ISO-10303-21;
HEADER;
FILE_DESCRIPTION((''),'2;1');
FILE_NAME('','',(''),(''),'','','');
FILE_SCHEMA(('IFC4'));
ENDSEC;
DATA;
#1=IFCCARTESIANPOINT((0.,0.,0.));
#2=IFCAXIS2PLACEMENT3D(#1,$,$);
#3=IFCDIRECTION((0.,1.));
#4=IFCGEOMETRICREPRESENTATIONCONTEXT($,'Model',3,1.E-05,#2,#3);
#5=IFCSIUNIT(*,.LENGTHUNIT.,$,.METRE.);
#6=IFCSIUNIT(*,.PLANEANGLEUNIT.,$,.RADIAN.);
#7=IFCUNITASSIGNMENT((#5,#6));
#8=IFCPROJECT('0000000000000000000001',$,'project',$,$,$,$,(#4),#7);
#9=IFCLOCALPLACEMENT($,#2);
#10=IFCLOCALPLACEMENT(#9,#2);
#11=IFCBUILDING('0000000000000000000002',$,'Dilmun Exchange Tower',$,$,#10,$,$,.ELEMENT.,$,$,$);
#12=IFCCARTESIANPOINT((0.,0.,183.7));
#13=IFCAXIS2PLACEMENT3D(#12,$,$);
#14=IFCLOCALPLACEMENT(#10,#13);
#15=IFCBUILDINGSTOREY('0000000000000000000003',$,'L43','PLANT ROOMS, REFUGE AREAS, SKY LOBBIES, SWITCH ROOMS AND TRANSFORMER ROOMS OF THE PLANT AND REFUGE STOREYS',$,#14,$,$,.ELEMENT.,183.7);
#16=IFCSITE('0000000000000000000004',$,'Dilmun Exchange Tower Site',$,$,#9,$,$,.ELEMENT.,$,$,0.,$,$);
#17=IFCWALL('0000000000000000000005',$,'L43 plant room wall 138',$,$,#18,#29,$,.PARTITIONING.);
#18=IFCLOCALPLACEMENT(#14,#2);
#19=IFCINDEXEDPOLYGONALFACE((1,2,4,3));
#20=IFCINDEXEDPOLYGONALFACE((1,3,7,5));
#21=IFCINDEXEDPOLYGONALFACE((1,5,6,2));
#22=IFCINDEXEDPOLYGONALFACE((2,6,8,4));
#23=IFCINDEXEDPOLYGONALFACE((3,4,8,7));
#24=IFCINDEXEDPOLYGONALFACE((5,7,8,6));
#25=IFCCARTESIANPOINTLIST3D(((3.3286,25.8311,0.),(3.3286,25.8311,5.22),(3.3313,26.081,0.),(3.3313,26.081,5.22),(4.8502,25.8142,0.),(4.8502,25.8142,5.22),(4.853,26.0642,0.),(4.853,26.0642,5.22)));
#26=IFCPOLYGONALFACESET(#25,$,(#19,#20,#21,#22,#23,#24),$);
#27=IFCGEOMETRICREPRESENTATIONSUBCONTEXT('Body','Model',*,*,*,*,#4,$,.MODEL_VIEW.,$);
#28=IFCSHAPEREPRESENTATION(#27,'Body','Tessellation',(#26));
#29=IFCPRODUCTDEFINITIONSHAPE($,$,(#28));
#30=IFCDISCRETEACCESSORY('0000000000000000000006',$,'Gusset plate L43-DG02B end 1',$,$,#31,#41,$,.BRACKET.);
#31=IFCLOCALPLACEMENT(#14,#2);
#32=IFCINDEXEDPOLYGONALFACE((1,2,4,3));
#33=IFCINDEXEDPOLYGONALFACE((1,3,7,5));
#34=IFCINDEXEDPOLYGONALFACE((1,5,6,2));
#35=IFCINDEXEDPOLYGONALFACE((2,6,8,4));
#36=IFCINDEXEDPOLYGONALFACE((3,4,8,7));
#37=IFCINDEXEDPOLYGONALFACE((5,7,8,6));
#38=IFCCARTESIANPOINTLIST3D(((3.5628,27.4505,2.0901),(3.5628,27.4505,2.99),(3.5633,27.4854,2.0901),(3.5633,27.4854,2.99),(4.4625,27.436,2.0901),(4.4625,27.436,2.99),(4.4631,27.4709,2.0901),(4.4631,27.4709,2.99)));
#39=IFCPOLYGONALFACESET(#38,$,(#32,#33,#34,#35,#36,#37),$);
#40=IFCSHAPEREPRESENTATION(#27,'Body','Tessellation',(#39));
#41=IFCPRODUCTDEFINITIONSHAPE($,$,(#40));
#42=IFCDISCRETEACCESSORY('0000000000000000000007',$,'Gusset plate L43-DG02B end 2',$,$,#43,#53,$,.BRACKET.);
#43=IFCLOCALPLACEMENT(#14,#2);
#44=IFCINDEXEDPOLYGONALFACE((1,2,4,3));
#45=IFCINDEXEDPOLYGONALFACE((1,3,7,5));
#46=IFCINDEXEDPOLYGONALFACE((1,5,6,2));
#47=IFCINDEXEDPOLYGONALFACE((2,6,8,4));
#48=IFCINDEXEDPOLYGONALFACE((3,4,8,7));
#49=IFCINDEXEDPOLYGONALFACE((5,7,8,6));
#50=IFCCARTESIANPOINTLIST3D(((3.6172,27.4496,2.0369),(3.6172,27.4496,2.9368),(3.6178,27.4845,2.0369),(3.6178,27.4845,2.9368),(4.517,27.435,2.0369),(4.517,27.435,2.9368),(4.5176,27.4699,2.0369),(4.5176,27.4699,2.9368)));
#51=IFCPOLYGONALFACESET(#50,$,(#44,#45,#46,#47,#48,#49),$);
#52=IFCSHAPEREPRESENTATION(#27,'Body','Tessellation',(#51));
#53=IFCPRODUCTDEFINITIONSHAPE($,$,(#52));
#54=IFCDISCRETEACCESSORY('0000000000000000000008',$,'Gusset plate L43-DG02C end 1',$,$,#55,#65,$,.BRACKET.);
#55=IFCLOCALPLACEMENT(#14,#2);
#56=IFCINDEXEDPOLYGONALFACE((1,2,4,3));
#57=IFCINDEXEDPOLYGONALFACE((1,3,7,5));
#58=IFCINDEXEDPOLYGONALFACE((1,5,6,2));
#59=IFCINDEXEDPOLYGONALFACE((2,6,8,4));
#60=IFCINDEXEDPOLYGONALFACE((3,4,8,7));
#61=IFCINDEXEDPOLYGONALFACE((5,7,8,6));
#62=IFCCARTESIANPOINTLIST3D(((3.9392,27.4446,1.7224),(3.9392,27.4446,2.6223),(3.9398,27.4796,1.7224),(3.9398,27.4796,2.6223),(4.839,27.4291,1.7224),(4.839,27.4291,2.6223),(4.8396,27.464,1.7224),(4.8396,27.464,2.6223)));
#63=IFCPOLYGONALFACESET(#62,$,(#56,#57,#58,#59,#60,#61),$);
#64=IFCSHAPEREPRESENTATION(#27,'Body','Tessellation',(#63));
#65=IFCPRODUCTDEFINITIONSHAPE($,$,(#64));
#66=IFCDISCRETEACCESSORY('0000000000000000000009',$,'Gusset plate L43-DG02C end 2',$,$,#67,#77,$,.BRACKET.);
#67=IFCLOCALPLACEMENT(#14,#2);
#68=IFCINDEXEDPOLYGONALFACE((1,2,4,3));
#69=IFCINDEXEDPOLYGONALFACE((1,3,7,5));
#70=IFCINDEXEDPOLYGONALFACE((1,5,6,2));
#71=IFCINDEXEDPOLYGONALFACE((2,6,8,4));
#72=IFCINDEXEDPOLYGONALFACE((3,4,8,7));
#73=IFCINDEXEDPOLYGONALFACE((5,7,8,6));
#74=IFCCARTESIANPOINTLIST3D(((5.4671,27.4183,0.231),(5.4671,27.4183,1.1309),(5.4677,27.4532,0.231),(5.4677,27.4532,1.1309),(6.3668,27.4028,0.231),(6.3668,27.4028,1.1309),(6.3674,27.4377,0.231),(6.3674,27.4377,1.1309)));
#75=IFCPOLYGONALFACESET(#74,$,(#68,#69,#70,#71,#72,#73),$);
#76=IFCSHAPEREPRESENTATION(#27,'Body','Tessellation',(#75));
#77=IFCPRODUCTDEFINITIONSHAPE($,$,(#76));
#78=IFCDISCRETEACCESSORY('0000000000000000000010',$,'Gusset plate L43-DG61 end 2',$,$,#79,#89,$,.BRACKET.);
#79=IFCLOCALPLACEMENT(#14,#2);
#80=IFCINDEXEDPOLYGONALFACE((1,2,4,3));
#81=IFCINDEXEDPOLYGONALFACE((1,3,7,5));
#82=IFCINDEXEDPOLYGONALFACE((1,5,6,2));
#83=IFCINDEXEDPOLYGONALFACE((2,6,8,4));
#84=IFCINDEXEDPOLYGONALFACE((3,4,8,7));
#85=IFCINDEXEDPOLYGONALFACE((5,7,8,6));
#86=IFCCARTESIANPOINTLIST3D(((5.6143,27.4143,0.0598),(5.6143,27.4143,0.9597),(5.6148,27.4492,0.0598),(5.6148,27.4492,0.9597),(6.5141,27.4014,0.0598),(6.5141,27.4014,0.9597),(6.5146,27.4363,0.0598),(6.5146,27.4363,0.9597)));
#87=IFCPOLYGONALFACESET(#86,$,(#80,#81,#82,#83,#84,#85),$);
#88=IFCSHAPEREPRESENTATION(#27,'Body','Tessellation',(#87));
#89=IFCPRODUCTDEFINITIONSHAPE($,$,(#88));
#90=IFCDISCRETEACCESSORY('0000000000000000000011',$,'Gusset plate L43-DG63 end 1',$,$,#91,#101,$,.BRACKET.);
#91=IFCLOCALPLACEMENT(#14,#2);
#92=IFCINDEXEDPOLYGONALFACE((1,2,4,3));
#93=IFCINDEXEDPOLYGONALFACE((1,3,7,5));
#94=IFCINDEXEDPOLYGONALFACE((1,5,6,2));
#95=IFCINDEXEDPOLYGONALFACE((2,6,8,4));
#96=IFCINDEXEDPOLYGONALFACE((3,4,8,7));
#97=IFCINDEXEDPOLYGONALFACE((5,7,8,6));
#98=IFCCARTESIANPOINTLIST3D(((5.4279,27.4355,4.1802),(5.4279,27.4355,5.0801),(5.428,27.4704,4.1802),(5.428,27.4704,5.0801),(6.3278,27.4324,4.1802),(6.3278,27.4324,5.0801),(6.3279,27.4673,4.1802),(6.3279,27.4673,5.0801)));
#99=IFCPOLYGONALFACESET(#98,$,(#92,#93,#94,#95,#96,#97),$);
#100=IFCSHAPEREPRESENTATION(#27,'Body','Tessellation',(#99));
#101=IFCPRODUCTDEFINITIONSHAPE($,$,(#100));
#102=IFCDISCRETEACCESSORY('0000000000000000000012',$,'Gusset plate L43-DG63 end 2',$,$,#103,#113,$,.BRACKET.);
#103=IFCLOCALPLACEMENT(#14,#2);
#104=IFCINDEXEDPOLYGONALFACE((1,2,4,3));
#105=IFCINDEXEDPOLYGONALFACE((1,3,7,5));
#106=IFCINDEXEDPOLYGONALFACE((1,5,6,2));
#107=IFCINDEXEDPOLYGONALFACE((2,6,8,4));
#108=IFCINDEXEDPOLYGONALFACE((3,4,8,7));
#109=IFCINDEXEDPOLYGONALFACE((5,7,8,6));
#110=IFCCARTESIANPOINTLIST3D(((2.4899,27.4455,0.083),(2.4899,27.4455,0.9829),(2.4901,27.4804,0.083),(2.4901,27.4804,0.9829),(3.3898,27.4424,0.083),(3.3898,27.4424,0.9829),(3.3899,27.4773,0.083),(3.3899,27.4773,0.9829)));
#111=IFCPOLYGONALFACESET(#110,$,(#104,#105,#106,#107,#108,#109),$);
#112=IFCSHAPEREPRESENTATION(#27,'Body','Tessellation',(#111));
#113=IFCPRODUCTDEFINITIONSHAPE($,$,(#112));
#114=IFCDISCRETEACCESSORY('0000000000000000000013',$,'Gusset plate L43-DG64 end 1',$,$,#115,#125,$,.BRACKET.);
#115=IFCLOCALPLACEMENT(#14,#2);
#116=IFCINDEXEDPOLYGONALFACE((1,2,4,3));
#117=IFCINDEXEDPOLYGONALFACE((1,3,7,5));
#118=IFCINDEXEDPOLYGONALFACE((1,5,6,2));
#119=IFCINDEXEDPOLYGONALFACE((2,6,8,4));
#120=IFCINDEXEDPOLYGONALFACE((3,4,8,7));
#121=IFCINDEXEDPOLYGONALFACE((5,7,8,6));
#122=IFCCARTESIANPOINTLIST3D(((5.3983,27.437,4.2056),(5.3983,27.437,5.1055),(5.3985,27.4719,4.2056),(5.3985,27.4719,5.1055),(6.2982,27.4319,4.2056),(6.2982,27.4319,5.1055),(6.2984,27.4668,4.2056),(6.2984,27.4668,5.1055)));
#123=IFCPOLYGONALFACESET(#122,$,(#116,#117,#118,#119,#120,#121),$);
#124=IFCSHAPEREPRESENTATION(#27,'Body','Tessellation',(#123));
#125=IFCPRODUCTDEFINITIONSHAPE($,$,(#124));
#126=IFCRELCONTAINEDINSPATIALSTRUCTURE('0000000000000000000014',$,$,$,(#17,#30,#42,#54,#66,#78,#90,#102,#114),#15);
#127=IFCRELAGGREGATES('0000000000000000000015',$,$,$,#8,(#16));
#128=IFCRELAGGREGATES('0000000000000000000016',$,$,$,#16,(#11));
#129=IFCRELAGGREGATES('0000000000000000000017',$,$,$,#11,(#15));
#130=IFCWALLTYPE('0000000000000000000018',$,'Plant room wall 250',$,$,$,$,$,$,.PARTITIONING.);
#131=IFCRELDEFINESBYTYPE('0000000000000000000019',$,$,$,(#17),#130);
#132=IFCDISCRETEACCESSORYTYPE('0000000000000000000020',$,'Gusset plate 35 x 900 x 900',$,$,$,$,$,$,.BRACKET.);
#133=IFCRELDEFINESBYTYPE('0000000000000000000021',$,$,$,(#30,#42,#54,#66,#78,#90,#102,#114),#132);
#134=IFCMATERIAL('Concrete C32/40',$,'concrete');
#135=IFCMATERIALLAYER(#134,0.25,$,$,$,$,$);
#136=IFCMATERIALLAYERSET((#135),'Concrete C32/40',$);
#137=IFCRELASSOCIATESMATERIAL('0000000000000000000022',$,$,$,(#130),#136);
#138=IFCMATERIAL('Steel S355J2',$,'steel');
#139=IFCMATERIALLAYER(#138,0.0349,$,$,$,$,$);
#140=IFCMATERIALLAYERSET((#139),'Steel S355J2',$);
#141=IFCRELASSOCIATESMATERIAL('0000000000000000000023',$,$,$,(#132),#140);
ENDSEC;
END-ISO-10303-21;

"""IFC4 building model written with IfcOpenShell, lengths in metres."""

from ifc_helpers import new_model, si_unit, direction, frame, frame_2d, origin, origin_2d, place, context, subcontext, project, spatial, rectangle, extrude, material, layer, layer_set, type_object, element, save


model = new_model("IFC4")

# Units and contexts
model_context = context("Model", 3, precision=1e-05, world=origin(), true_north=direction((0.0, 1.0)))
body_context = subcontext(model_context, "Body", "Model", "MODEL_VIEW")
ifc_project = project(units=[si_unit("LENGTHUNIT", "METRE"), si_unit("PLANEANGLEUNIT", "RADIAN")], contexts=[model_context])

# Site, building, storey
site_placement = place(None, origin())
site = spatial("IfcSite", under=ifc_project, at=site_placement, Name="Dilmun Exchange Tower Site", CompositionType="ELEMENT", RefElevation=0.0)
building_placement = place(site_placement, origin())
building = spatial("IfcBuilding", under=site, at=building_placement, Name="Dilmun Exchange Tower", CompositionType="ELEMENT")
storey_placement = place(building_placement, frame((0.0, 0.0, 183.7)))
storey = spatial("IfcBuildingStorey", under=building, at=storey_placement, Name="L43", Description="PLANT ROOMS, REFUGE AREAS, SKY LOBBIES, SWITCH ROOMS AND TRANSFORMER ROOMS OF THE PLANT AND REFUGE STOREYS", CompositionType="ELEMENT", Elevation=183.7)

# Wall
ifc_material_1 = material(Name="Concrete C32/40", Category="concrete")
ifc_layer_1 = layer(ifc_material_1, 0.25)
ifc_layer_set_1 = layer_set([ifc_layer_1], Name="Concrete C32/40")
wall_type = type_object("IfcWallType", Name="Plant room wall 250", PredefinedType="PARTITIONING", material=ifc_layer_set_1)
wall_1_placement = place(storey_placement, frame((3.3301, 25.9561, 0.0), z_axis=(0.0, 0.0, 1.0), x_axis=(0.999939, -0.011069, 0.0)))
element("IfcWall", 1, at=wall_1_placement, inside=storey, type_object=wall_type, Name="L43 plant room wall 138", PredefinedType="PARTITIONING", context=body_context, shape_type="SweptSolid", body=[
    extrude(rectangle(XDim=1.5217, YDim=0.25, at=frame_2d((0.7607, 0.0))), origin(), (0.0, 0.0, 1.0), 5.22),
])

# Discrete accessories
ifc_material_2 = material(Name="Steel S355J2", Category="steel")
ifc_layer_2 = layer(ifc_material_2, 0.0349)
ifc_layer_set_2 = layer_set([ifc_layer_2], Name="Steel S355J2")
discrete_accessory_type = type_object("IfcDiscreteAccessoryType", Name="Gusset plate 35 x 900 x 900", PredefinedType="BRACKET", material=ifc_layer_set_2)
for number, where, z_axis, x_axis, name in (
    (2, (4.0129, 27.4607, 2.0901), (0.0, 0.0, 1.0), (0.999869, -0.016199, 0.0), "Gusset plate L43-DG02B end 1"),
    (3, (4.0674, 27.4597, 2.0369), (0.0, 0.0, 1.0), (0.999869, -0.016199, 0.0), "Gusset plate L43-DG02B end 2"),
    (4, (4.3894, 27.4543, 1.7224), (0.0, 0.0, 1.0), (0.999851, -0.017241, 0.0), "Gusset plate L43-DG02C end 1"),
    (5, (5.9172, 27.428, 0.231), (0.0, 0.0, 1.0), (0.999851, -0.017241, 0.0), "Gusset plate L43-DG02C end 2"),
    (6, (6.0645, 27.4253, 0.0598), (0.0, 0.0, 1.0), (-0.999896, 0.014388, 0.0), "Gusset plate L43-DG61 end 2"),
    (7, (5.8779, 27.4514, 4.1802), (0.0, 0.0, 1.0), (-0.999994, 0.003407, 0.0), "Gusset plate L43-DG63 end 1"),
    (8, (2.9399, 27.4614, 0.083), (0.0, 0.0, 1.0), (-0.999994, 0.003407, 0.0), "Gusset plate L43-DG63 end 2"),
    (9, (5.8484, 27.4519, 4.2056), (0.0, 0.0, 1.0), (-0.999984, 0.005671, 0.0), "Gusset plate L43-DG64 end 1"),
):
    element("IfcDiscreteAccessory", number, at=place(storey_placement, frame(where, z_axis=z_axis, x_axis=x_axis)), inside=storey, type_object=discrete_accessory_type, Name=name, PredefinedType="BRACKET", context=body_context, shape_type="SweptSolid", body=[
        extrude(rectangle(XDim=0.8999, YDim=0.0349, at=origin_2d()), origin(), (0.0, 0.0, 1.0), 0.8999),
    ])

save(model, "model.ifc")
